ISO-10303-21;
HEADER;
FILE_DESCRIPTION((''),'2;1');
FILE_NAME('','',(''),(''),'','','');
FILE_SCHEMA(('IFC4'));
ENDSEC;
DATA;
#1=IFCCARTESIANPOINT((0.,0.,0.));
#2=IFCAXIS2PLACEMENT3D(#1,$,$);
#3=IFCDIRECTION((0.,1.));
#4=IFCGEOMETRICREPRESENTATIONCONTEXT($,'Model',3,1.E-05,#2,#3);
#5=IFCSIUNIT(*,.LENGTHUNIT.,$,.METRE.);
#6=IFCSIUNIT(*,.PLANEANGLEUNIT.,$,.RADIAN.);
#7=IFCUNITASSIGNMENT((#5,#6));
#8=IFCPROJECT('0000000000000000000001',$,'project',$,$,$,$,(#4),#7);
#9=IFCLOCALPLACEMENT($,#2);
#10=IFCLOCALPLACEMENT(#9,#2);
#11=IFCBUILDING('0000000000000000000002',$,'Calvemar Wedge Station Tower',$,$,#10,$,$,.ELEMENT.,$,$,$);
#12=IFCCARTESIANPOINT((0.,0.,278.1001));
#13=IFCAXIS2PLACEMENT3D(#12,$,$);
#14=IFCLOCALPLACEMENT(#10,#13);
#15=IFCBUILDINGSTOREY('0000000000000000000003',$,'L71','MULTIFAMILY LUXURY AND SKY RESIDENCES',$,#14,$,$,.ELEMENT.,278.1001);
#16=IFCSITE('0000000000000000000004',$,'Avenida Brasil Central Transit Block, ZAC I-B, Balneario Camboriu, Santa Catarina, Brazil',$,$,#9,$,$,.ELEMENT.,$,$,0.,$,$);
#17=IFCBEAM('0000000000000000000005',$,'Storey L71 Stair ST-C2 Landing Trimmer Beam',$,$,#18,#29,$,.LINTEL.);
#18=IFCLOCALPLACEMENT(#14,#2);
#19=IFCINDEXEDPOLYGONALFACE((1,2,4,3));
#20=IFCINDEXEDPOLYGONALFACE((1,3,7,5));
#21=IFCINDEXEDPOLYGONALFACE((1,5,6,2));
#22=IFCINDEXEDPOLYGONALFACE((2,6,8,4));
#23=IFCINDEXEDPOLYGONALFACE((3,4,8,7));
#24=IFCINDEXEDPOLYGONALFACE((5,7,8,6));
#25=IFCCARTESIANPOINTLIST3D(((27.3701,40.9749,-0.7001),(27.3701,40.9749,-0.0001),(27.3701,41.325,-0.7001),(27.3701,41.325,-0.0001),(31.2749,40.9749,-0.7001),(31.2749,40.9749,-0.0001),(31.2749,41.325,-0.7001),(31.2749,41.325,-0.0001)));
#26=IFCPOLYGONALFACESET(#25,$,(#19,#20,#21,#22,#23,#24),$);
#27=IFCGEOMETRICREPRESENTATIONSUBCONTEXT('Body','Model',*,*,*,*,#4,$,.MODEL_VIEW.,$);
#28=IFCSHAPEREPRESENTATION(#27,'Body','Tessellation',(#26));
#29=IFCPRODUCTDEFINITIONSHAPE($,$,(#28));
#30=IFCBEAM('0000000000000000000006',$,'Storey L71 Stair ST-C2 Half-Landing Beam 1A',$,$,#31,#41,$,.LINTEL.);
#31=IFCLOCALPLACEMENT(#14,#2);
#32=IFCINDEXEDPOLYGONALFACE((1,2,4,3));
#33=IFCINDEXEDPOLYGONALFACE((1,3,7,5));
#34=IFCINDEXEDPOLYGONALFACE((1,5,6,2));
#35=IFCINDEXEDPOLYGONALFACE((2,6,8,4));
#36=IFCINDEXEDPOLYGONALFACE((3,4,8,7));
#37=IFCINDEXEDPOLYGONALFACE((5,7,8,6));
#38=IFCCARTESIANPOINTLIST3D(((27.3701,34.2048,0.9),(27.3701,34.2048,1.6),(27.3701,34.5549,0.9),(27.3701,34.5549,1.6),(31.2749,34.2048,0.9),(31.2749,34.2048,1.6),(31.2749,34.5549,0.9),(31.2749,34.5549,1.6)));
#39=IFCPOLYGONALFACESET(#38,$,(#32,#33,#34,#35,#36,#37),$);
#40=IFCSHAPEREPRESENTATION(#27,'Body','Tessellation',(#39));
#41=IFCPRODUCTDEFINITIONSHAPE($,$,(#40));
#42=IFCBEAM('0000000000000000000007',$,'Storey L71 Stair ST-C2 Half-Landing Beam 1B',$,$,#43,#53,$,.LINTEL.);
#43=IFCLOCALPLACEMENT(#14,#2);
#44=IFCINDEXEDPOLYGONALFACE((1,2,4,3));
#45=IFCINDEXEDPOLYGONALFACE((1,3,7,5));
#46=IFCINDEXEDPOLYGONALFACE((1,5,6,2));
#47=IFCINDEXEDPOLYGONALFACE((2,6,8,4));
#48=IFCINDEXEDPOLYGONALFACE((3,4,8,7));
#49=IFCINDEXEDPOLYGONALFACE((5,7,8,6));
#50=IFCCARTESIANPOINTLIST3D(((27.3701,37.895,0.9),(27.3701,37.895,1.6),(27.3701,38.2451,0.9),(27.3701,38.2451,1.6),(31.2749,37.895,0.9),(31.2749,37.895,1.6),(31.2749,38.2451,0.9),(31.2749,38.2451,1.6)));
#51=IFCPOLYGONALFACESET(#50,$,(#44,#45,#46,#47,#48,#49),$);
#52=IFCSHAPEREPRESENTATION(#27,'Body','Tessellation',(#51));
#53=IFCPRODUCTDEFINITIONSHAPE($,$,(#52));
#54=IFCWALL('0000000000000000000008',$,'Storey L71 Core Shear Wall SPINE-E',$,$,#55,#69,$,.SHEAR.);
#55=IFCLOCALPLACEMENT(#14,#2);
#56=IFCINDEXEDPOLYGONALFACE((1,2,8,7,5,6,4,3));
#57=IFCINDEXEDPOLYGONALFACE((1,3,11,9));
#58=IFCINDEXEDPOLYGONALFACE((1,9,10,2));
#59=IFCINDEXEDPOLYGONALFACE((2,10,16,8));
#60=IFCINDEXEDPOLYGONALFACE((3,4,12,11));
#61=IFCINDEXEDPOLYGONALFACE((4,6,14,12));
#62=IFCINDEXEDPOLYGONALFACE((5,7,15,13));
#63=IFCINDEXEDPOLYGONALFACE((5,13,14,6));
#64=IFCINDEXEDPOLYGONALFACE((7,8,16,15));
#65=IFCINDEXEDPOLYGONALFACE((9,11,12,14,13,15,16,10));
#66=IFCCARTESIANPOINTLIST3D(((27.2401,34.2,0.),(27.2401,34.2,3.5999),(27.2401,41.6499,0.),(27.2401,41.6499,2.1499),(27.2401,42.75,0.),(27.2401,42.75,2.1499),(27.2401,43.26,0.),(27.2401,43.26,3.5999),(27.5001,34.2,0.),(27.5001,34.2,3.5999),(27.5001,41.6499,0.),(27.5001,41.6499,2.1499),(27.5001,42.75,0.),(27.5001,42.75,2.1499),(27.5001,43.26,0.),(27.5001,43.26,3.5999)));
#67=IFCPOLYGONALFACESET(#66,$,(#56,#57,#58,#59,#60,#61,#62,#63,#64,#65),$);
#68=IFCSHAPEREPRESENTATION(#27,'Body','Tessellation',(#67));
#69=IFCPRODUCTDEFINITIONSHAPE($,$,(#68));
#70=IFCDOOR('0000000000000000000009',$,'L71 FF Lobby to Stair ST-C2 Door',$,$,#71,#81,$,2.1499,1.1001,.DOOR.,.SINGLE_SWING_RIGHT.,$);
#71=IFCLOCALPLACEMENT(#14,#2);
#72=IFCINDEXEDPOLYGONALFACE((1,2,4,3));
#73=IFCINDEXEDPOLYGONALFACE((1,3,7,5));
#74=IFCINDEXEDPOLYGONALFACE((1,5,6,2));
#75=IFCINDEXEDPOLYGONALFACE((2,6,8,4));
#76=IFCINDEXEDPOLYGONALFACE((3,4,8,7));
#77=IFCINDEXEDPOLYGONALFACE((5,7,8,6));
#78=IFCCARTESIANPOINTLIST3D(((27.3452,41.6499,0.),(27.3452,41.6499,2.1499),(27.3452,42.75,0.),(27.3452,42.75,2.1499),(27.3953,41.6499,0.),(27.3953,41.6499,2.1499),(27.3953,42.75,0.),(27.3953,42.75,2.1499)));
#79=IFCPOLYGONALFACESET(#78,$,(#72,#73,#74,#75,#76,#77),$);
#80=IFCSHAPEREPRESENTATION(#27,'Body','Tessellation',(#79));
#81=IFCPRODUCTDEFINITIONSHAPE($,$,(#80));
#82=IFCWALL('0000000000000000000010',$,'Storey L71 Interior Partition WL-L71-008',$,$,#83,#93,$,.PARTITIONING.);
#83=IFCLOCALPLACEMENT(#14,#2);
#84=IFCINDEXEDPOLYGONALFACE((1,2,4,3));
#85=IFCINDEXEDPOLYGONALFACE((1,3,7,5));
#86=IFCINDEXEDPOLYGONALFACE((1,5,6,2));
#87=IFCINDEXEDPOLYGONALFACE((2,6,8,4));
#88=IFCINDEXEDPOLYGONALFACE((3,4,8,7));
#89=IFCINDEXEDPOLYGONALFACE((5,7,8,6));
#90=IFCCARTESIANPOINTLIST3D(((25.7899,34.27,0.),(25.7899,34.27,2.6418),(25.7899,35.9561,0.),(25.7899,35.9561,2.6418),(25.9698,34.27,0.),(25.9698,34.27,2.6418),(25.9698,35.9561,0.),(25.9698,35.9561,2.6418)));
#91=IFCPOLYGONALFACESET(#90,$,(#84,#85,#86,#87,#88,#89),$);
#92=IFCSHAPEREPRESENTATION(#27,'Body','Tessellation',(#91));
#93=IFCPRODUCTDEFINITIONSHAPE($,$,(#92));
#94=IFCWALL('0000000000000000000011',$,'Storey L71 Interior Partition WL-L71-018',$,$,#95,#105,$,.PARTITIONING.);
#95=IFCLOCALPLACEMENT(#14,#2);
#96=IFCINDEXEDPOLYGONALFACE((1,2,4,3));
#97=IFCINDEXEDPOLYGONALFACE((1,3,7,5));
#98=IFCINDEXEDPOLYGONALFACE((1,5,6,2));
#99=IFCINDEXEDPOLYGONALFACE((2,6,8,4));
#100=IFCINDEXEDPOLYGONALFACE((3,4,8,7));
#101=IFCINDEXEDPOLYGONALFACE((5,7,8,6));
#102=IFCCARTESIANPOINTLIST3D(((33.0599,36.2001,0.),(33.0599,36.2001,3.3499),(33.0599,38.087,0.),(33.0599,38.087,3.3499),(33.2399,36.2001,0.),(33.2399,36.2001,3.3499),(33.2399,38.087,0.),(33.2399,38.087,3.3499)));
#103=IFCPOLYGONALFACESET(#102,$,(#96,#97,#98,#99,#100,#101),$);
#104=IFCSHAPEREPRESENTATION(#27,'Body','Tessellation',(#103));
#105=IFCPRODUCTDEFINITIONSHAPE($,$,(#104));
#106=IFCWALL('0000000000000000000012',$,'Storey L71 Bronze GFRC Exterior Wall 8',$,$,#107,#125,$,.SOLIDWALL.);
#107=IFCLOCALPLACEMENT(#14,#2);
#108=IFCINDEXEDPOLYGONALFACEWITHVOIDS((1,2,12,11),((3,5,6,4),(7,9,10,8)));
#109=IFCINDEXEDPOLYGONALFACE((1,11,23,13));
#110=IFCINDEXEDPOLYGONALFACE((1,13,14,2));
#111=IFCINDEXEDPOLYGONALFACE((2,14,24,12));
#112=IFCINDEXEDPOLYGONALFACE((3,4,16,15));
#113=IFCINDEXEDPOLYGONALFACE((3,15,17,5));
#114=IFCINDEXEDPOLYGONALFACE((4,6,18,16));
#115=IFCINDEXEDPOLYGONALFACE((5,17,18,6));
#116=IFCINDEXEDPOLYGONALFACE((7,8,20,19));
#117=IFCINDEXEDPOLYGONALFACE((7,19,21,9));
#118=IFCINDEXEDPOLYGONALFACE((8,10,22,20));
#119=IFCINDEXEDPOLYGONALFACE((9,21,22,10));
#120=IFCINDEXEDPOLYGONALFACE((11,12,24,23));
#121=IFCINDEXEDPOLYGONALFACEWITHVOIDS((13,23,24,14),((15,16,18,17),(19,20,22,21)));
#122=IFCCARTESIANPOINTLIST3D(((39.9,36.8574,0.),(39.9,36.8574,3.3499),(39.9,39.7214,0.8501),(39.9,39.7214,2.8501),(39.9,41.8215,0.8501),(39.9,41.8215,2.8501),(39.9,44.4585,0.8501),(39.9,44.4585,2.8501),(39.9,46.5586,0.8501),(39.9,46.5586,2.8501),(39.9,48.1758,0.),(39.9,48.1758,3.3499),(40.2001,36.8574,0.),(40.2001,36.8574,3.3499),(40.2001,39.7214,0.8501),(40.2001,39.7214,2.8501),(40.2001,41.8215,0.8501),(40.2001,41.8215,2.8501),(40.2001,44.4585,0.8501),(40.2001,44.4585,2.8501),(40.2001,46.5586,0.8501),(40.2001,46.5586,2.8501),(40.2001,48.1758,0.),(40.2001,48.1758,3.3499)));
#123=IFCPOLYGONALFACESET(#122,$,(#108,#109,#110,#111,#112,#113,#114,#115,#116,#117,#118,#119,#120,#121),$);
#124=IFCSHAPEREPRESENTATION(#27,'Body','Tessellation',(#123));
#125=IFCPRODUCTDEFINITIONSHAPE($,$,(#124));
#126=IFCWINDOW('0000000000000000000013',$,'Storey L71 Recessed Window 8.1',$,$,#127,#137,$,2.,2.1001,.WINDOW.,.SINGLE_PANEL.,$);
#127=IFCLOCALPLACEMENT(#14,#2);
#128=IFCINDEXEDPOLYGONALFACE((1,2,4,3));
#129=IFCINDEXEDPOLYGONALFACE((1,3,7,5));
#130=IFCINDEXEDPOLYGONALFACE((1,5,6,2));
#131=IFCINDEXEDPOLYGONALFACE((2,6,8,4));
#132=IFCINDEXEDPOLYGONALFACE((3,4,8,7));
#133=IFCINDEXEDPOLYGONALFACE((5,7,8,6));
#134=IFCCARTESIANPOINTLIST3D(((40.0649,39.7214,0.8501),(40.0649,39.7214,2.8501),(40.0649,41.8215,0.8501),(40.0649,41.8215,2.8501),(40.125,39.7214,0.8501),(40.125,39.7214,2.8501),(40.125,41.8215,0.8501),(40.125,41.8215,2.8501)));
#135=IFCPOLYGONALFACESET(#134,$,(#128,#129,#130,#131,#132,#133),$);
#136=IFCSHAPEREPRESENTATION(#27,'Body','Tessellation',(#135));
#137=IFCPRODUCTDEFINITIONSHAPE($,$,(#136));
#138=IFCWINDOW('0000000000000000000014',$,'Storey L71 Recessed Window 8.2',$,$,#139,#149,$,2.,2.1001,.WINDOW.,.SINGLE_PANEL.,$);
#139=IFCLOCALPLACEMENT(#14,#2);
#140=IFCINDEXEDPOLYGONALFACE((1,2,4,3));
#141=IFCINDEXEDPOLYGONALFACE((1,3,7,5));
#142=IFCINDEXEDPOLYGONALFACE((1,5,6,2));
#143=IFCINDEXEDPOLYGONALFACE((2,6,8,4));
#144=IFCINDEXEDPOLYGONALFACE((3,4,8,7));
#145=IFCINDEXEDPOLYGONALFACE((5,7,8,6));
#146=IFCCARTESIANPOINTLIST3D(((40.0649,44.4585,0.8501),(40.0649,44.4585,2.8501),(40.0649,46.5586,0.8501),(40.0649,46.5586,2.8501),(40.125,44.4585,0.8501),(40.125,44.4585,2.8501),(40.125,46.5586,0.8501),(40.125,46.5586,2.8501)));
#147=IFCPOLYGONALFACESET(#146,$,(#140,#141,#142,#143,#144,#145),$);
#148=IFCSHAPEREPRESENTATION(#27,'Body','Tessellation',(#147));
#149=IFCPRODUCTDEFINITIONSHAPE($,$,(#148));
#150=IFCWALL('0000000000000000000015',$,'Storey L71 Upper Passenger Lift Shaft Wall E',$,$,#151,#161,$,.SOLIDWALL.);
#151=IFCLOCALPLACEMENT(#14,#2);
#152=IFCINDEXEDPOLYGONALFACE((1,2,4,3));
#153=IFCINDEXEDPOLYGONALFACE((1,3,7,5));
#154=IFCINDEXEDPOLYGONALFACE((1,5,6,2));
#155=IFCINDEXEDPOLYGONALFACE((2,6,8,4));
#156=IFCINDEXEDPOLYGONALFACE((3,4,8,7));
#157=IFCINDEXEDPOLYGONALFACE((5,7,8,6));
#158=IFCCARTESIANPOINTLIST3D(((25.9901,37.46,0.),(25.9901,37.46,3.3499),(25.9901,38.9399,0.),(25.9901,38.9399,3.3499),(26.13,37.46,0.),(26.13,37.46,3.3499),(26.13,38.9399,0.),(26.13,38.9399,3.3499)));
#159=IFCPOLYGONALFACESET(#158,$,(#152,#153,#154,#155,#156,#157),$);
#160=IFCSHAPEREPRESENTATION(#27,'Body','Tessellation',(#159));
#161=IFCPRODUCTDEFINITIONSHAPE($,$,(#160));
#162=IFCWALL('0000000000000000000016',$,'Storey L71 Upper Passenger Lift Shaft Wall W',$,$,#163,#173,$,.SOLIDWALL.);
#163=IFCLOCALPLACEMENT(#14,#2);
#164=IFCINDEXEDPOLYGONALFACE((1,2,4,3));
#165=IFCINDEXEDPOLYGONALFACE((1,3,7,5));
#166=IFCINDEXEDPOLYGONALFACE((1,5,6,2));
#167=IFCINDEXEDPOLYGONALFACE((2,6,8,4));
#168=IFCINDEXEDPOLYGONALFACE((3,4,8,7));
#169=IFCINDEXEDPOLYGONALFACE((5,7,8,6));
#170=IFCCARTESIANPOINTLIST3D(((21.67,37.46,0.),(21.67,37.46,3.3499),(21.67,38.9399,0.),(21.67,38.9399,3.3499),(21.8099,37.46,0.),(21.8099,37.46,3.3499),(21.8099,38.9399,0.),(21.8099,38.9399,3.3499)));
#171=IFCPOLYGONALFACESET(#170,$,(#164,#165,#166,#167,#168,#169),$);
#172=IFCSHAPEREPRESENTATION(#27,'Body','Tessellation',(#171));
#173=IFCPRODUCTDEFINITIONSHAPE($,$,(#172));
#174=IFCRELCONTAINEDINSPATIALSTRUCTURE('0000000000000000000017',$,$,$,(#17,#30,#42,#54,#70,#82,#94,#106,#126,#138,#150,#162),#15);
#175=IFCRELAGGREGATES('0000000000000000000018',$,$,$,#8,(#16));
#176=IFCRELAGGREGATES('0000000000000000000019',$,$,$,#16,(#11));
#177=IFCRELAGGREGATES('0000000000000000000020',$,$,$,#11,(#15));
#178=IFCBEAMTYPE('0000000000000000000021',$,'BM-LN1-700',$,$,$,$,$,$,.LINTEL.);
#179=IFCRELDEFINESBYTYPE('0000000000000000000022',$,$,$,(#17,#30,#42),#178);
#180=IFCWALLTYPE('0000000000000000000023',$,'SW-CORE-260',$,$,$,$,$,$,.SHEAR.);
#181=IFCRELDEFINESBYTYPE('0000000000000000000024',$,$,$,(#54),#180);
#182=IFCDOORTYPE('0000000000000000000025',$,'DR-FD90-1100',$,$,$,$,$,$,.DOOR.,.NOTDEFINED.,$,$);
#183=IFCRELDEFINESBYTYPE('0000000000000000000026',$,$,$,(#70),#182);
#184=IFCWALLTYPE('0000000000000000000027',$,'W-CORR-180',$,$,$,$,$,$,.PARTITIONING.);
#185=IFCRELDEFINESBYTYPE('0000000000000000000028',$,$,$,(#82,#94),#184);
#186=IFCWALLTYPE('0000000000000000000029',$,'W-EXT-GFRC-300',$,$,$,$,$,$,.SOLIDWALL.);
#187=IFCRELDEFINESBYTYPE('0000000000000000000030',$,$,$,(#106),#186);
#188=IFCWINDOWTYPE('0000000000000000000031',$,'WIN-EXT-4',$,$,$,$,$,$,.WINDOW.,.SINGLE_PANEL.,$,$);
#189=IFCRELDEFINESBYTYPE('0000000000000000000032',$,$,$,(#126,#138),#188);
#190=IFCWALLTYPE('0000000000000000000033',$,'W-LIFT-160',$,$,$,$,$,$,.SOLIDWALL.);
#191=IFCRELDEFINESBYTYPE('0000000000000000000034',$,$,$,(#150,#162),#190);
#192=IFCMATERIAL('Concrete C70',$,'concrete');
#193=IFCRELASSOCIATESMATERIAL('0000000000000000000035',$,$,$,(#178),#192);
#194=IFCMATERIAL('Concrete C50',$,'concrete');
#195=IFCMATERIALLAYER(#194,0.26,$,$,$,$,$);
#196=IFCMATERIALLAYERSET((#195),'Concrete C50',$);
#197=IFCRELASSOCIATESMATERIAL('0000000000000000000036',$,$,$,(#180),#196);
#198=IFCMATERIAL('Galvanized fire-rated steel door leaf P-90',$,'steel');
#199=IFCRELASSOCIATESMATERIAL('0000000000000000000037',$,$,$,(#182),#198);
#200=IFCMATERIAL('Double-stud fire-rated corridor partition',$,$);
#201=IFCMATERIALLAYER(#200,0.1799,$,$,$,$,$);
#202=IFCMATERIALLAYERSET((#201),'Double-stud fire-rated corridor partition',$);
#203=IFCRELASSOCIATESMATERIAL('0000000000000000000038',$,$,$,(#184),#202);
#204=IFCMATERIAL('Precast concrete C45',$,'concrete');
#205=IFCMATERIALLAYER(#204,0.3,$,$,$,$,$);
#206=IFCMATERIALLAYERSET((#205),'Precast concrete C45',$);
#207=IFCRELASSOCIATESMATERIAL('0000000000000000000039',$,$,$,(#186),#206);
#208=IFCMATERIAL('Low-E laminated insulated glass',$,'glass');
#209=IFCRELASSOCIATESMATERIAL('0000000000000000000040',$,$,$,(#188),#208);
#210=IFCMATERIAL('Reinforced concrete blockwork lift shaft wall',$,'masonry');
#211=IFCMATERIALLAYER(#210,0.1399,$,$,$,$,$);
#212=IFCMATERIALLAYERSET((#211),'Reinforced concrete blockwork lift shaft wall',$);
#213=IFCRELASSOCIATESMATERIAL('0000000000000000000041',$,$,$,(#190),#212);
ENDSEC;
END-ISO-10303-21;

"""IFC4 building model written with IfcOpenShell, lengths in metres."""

from ifc_helpers import new_model, si_unit, direction, frame, frame_2d, origin, origin_2d, place, context, subcontext, project, spatial, rectangle, extrude, source, transform, mapped, material, layer, layer_set, material_profile, profile_set, type_object, element, fill, save


model = new_model("IFC4")

# Units and contexts
model_context = context("Model", 3, precision=1e-05, world=origin(), true_north=direction((0.0, 1.0)))
body_context = subcontext(model_context, "Body", "Model", "MODEL_VIEW")
ifc_project = project(units=[si_unit("LENGTHUNIT", "METRE"), si_unit("PLANEANGLEUNIT", "RADIAN")], contexts=[model_context])

# Site, building, storey
site_placement = place(None, origin())
site = spatial("IfcSite", under=ifc_project, at=site_placement, Name="Avenida Brasil Central Transit Block, ZAC I-B, Balneario Camboriu, Santa Catarina, Brazil", CompositionType="ELEMENT", RefElevation=0.0)
building_placement = place(site_placement, origin())
building = spatial("IfcBuilding", under=site, at=building_placement, Name="Calvemar Wedge Station Tower", CompositionType="ELEMENT")
storey_placement = place(building_placement, frame((0.0, 0.0, 278.1001)))
storey = spatial("IfcBuildingStorey", under=building, at=storey_placement, Name="L71", Description="MULTIFAMILY LUXURY AND SKY RESIDENCES", CompositionType="ELEMENT", Elevation=278.1001)

# Beams
ifc_material_1 = material(Name="Concrete C70", Category="concrete")
ifc_material_profile = material_profile(ifc_material_1, rectangle(XDim=0.3501, YDim=0.7, at=origin_2d()), Name="RC350x700")
ifc_profile_set = profile_set([ifc_material_profile], Name="Concrete C70")
beam_type = type_object("IfcBeamType", Name="BM-LN1-700", PredefinedType="LINTEL", material=ifc_profile_set)
shared_shape_1 = source(origin(), body_context, "Body", "SweptSolid", [
    extrude(rectangle(XDim=0.3501, YDim=0.7, at=origin_2d()), origin(), (0.0, 0.0, 1.0), 3.9048),
])
for number, where, z_axis, x_axis, name in (
    (1, (27.3701, 41.1499, -0.3501), (1.0, 0.0, 0.0), (0.0, 1.0, 0.0), "Storey L71 Stair ST-C2 Landing Trimmer Beam"),
    (2, (27.3701, 34.3799, 1.25), (1.0, 0.0, 0.0), (0.0, 1.0, 0.0), "Storey L71 Stair ST-C2 Half-Landing Beam 1A"),
    (3, (27.3701, 38.0701, 1.25), (1.0, 0.0, 0.0), (0.0, 1.0, 0.0), "Storey L71 Stair ST-C2 Half-Landing Beam 1B"),
):
    element("IfcBeam", number, at=place(storey_placement, frame(where, z_axis=z_axis, x_axis=x_axis)), inside=storey, type_object=beam_type, Name=name, PredefinedType="LINTEL", context=body_context, shape_type="MappedRepresentation", body=[
        mapped(shared_shape_1, transform((0.0, 0.0, 0.0), scale=1.0)),
    ])

# Wall, opening, door
ifc_material_2 = material(Name="Concrete C50", Category="concrete")
ifc_layer_1 = layer(ifc_material_2, 0.26)
ifc_layer_set_1 = layer_set([ifc_layer_1], Name="Concrete C50")
wall_type_1 = type_object("IfcWallType", Name="SW-CORE-260", PredefinedType="SHEAR", material=ifc_layer_set_1)
wall_1_placement = place(storey_placement, frame((27.3701, 34.2, 0.0), z_axis=(0.0, 0.0, 1.0), x_axis=(0.0, 1.0, 0.0)))
wall_1 = element("IfcWall", 4, at=wall_1_placement, inside=storey, type_object=wall_type_1, Name="Storey L71 Core Shear Wall SPINE-E", PredefinedType="SHEAR", context=body_context, shape_type="SweptSolid", body=[
    extrude(rectangle(XDim=9.0601, YDim=0.26, at=frame_2d((4.53, 0.0))), origin(), (0.0, 0.0, 1.0), 3.5999),
])
shared_shape_2 = source(origin(), body_context, "Body", "SweptSolid", [
    extrude(rectangle(XDim=1.1001, YDim=2.1499, at=frame_2d((0.55, 1.075))), frame((0.0, 0.1401, 0.0), z_axis=(0.0, -1.0, 0.0), x_axis=(1.0, 0.0, 0.0)), (0.0, 0.0, 1.0), 0.28),
])
opening_1_placement = place(wall_1_placement, frame((7.45, 0.0, 0.0)))
opening_1 = element("IfcOpeningElement", 5, at=opening_1_placement, cuts=wall_1, PredefinedType="OPENING", context=body_context, shape_type="MappedRepresentation", body=[
    mapped(shared_shape_2, transform((0.0, 0.0, 0.0), scale=1.0)),
])
ifc_material_3 = material(Name="Galvanized fire-rated steel door leaf P-90", Category="steel")
door_type_1 = type_object("IfcDoorType", Name="DR-FD90-1100", OperationType="NOTDEFINED", PredefinedType="DOOR", material=ifc_material_3)
shared_shape_3 = source(origin(), body_context, "Body", "SweptSolid", [
    extrude(rectangle(XDim=1.1001, YDim=2.1499, at=frame_2d((0.55, 1.075))), frame((0.0, 0.0249, 0.0), z_axis=(0.0, -1.0, 0.0), x_axis=(1.0, 0.0, 0.0)), (0.0, 0.0, 1.0), 0.05),
])
door_1_placement = place(opening_1_placement, origin())
door_1 = element("IfcDoor", 6, at=door_1_placement, inside=storey, type_object=door_type_1, Name="L71 FF Lobby to Stair ST-C2 Door", OperationType="SINGLE_SWING_RIGHT", OverallHeight=2.1499, OverallWidth=1.1001, PredefinedType="DOOR", context=body_context, shape_type="MappedRepresentation", body=[
    mapped(shared_shape_3, transform((0.0, 0.0, 0.0), scale=1.0)),
])
fill(opening_1, door_1)
ifc_material_4 = material(Name="Double-stud fire-rated corridor partition")
ifc_layer_2 = layer(ifc_material_4, 0.1799)
ifc_layer_set_2 = layer_set([ifc_layer_2], Name="Double-stud fire-rated corridor partition")
wall_type_2 = type_object("IfcWallType", Name="W-CORR-180", PredefinedType="PARTITIONING", material=ifc_layer_set_2)

# Walls
wall_2_placement = place(storey_placement, frame((25.8799, 35.9561, 0.0), z_axis=(0.0, 0.0, 1.0), x_axis=(0.0, -1.0, 0.0)))
element("IfcWall", 7, at=wall_2_placement, inside=storey, type_object=wall_type_2, Name="Storey L71 Interior Partition WL-L71-008", PredefinedType="PARTITIONING", context=body_context, shape_type="SweptSolid", body=[
    extrude(rectangle(XDim=1.686, YDim=0.1799, at=frame_2d((0.843, 0.0))), origin(), (0.0, 0.0, 1.0), 2.6418),
])
wall_3_placement = place(storey_placement, frame((33.1499, 38.0869, 0.0), z_axis=(0.0, 0.0, 1.0), x_axis=(0.0, -1.0, 0.0)))
element("IfcWall", 8, at=wall_3_placement, inside=storey, type_object=wall_type_2, Name="Storey L71 Interior Partition WL-L71-018", PredefinedType="PARTITIONING", context=body_context, shape_type="SweptSolid", body=[
    extrude(rectangle(XDim=1.887, YDim=0.1799, at=frame_2d((0.9434, 0.0))), origin(), (0.0, 0.0, 1.0), 3.3499),
])

# Wall, openings, windows
ifc_material_5 = material(Name="Precast concrete C45", Category="concrete")
ifc_layer_3 = layer(ifc_material_5, 0.3)
ifc_layer_set_3 = layer_set([ifc_layer_3], Name="Precast concrete C45")
wall_type_3 = type_object("IfcWallType", Name="W-EXT-GFRC-300", PredefinedType="SOLIDWALL", material=ifc_layer_set_3)
wall_4_placement = place(storey_placement, frame((40.05, 36.8574, 0.0), z_axis=(0.0, 0.0, 1.0), x_axis=(0.0, 1.0, 0.0)))
wall_4 = element("IfcWall", 9, at=wall_4_placement, inside=storey, type_object=wall_type_3, Name="Storey L71 Bronze GFRC Exterior Wall 8", PredefinedType="SOLIDWALL", context=body_context, shape_type="SweptSolid", body=[
    extrude(rectangle(XDim=11.3184, YDim=0.3, at=frame_2d((5.6592, 0.0))), origin(), (0.0, 0.0, 1.0), 3.3499),
])
shared_shape_4 = source(origin(), body_context, "Body", "SweptSolid", [
    extrude(rectangle(XDim=2.1001, YDim=2.0, at=frame_2d((1.05, 1.0))), frame((0.0, 0.1602, 0.0), z_axis=(0.0, -1.0, 0.0), x_axis=(1.0, 0.0, 0.0)), (0.0, 0.0, 1.0), 0.3201),
])
opening_2_placement = place(wall_4_placement, frame((2.864, 0.0, 0.8501)))
opening_2 = element("IfcOpeningElement", 10, at=opening_2_placement, cuts=wall_4, PredefinedType="OPENING", context=body_context, shape_type="MappedRepresentation", body=[
    mapped(shared_shape_4, transform((0.0, 0.0, 0.0), scale=1.0)),
])
opening_3_placement = place(wall_4_placement, frame((7.6011, 0.0, 0.8501)))
opening_3 = element("IfcOpeningElement", 11, at=opening_3_placement, cuts=wall_4, PredefinedType="OPENING", context=body_context, shape_type="MappedRepresentation", body=[
    mapped(shared_shape_4, transform((0.0, 0.0, 0.0), scale=1.0)),
])
ifc_material_6 = material(Name="Low-E laminated insulated glass", Category="glass")
window_type = type_object("IfcWindowType", Name="WIN-EXT-4", PartitioningType="SINGLE_PANEL", PredefinedType="WINDOW", material=ifc_material_6)
shared_shape_5 = source(origin(), body_context, "Body", "SweptSolid", [
    extrude(rectangle(XDim=2.1001, YDim=2.0, at=frame_2d((1.05, 1.0))), frame((0.0, -0.0149, 0.0), z_axis=(0.0, -1.0, 0.0), x_axis=(1.0, 0.0, 0.0)), (0.0, 0.0, 1.0), 0.0601),
])
window_1_placement = place(opening_2_placement, origin())
window_1 = element("IfcWindow", 12, at=window_1_placement, inside=storey, type_object=window_type, Name="Storey L71 Recessed Window 8.1", OverallHeight=2.0, OverallWidth=2.1001, PartitioningType="SINGLE_PANEL", PredefinedType="WINDOW", context=body_context, shape_type="MappedRepresentation", body=[
    mapped(shared_shape_5, transform((0.0, 0.0, 0.0), scale=1.0)),
])
fill(opening_2, window_1)
window_2_placement = place(opening_3_placement, origin())
window_2 = element("IfcWindow", 13, at=window_2_placement, inside=storey, type_object=window_type, Name="Storey L71 Recessed Window 8.2", OverallHeight=2.0, OverallWidth=2.1001, PartitioningType="SINGLE_PANEL", PredefinedType="WINDOW", context=body_context, shape_type="MappedRepresentation", body=[
    mapped(shared_shape_5, transform((0.0, 0.0, 0.0), scale=1.0)),
])
fill(opening_3, window_2)

# Shared definitions
ifc_material_7 = material(Name="Reinforced concrete blockwork lift shaft wall", Category="masonry")
ifc_layer_4 = layer(ifc_material_7, 0.1399)
ifc_layer_set_4 = layer_set([ifc_layer_4], Name="Reinforced concrete blockwork lift shaft wall")
wall_type_4 = type_object("IfcWallType", Name="W-LIFT-160", PredefinedType="SOLIDWALL", material=ifc_layer_set_4)

# Walls
for number, where, z_axis, x_axis, name in (
    (14, (26.0601, 37.46, 0.0), (0.0, 0.0, 1.0), (0.0, 1.0, 0.0), "Storey L71 Upper Passenger Lift Shaft Wall E"),
    (15, (21.74, 37.46, 0.0), (0.0, 0.0, 1.0), (0.0, 1.0, 0.0), "Storey L71 Upper Passenger Lift Shaft Wall W"),
):
    element("IfcWall", number, at=place(storey_placement, frame(where, z_axis=z_axis, x_axis=x_axis)), inside=storey, type_object=wall_type_4, Name=name, PredefinedType="SOLIDWALL", context=body_context, shape_type="SweptSolid", body=[
        extrude(rectangle(XDim=1.48, YDim=0.1399, at=frame_2d((0.74, 0.0))), origin(), (0.0, 0.0, 1.0), 3.3499),
    ])

save(model, "model.ifc")
